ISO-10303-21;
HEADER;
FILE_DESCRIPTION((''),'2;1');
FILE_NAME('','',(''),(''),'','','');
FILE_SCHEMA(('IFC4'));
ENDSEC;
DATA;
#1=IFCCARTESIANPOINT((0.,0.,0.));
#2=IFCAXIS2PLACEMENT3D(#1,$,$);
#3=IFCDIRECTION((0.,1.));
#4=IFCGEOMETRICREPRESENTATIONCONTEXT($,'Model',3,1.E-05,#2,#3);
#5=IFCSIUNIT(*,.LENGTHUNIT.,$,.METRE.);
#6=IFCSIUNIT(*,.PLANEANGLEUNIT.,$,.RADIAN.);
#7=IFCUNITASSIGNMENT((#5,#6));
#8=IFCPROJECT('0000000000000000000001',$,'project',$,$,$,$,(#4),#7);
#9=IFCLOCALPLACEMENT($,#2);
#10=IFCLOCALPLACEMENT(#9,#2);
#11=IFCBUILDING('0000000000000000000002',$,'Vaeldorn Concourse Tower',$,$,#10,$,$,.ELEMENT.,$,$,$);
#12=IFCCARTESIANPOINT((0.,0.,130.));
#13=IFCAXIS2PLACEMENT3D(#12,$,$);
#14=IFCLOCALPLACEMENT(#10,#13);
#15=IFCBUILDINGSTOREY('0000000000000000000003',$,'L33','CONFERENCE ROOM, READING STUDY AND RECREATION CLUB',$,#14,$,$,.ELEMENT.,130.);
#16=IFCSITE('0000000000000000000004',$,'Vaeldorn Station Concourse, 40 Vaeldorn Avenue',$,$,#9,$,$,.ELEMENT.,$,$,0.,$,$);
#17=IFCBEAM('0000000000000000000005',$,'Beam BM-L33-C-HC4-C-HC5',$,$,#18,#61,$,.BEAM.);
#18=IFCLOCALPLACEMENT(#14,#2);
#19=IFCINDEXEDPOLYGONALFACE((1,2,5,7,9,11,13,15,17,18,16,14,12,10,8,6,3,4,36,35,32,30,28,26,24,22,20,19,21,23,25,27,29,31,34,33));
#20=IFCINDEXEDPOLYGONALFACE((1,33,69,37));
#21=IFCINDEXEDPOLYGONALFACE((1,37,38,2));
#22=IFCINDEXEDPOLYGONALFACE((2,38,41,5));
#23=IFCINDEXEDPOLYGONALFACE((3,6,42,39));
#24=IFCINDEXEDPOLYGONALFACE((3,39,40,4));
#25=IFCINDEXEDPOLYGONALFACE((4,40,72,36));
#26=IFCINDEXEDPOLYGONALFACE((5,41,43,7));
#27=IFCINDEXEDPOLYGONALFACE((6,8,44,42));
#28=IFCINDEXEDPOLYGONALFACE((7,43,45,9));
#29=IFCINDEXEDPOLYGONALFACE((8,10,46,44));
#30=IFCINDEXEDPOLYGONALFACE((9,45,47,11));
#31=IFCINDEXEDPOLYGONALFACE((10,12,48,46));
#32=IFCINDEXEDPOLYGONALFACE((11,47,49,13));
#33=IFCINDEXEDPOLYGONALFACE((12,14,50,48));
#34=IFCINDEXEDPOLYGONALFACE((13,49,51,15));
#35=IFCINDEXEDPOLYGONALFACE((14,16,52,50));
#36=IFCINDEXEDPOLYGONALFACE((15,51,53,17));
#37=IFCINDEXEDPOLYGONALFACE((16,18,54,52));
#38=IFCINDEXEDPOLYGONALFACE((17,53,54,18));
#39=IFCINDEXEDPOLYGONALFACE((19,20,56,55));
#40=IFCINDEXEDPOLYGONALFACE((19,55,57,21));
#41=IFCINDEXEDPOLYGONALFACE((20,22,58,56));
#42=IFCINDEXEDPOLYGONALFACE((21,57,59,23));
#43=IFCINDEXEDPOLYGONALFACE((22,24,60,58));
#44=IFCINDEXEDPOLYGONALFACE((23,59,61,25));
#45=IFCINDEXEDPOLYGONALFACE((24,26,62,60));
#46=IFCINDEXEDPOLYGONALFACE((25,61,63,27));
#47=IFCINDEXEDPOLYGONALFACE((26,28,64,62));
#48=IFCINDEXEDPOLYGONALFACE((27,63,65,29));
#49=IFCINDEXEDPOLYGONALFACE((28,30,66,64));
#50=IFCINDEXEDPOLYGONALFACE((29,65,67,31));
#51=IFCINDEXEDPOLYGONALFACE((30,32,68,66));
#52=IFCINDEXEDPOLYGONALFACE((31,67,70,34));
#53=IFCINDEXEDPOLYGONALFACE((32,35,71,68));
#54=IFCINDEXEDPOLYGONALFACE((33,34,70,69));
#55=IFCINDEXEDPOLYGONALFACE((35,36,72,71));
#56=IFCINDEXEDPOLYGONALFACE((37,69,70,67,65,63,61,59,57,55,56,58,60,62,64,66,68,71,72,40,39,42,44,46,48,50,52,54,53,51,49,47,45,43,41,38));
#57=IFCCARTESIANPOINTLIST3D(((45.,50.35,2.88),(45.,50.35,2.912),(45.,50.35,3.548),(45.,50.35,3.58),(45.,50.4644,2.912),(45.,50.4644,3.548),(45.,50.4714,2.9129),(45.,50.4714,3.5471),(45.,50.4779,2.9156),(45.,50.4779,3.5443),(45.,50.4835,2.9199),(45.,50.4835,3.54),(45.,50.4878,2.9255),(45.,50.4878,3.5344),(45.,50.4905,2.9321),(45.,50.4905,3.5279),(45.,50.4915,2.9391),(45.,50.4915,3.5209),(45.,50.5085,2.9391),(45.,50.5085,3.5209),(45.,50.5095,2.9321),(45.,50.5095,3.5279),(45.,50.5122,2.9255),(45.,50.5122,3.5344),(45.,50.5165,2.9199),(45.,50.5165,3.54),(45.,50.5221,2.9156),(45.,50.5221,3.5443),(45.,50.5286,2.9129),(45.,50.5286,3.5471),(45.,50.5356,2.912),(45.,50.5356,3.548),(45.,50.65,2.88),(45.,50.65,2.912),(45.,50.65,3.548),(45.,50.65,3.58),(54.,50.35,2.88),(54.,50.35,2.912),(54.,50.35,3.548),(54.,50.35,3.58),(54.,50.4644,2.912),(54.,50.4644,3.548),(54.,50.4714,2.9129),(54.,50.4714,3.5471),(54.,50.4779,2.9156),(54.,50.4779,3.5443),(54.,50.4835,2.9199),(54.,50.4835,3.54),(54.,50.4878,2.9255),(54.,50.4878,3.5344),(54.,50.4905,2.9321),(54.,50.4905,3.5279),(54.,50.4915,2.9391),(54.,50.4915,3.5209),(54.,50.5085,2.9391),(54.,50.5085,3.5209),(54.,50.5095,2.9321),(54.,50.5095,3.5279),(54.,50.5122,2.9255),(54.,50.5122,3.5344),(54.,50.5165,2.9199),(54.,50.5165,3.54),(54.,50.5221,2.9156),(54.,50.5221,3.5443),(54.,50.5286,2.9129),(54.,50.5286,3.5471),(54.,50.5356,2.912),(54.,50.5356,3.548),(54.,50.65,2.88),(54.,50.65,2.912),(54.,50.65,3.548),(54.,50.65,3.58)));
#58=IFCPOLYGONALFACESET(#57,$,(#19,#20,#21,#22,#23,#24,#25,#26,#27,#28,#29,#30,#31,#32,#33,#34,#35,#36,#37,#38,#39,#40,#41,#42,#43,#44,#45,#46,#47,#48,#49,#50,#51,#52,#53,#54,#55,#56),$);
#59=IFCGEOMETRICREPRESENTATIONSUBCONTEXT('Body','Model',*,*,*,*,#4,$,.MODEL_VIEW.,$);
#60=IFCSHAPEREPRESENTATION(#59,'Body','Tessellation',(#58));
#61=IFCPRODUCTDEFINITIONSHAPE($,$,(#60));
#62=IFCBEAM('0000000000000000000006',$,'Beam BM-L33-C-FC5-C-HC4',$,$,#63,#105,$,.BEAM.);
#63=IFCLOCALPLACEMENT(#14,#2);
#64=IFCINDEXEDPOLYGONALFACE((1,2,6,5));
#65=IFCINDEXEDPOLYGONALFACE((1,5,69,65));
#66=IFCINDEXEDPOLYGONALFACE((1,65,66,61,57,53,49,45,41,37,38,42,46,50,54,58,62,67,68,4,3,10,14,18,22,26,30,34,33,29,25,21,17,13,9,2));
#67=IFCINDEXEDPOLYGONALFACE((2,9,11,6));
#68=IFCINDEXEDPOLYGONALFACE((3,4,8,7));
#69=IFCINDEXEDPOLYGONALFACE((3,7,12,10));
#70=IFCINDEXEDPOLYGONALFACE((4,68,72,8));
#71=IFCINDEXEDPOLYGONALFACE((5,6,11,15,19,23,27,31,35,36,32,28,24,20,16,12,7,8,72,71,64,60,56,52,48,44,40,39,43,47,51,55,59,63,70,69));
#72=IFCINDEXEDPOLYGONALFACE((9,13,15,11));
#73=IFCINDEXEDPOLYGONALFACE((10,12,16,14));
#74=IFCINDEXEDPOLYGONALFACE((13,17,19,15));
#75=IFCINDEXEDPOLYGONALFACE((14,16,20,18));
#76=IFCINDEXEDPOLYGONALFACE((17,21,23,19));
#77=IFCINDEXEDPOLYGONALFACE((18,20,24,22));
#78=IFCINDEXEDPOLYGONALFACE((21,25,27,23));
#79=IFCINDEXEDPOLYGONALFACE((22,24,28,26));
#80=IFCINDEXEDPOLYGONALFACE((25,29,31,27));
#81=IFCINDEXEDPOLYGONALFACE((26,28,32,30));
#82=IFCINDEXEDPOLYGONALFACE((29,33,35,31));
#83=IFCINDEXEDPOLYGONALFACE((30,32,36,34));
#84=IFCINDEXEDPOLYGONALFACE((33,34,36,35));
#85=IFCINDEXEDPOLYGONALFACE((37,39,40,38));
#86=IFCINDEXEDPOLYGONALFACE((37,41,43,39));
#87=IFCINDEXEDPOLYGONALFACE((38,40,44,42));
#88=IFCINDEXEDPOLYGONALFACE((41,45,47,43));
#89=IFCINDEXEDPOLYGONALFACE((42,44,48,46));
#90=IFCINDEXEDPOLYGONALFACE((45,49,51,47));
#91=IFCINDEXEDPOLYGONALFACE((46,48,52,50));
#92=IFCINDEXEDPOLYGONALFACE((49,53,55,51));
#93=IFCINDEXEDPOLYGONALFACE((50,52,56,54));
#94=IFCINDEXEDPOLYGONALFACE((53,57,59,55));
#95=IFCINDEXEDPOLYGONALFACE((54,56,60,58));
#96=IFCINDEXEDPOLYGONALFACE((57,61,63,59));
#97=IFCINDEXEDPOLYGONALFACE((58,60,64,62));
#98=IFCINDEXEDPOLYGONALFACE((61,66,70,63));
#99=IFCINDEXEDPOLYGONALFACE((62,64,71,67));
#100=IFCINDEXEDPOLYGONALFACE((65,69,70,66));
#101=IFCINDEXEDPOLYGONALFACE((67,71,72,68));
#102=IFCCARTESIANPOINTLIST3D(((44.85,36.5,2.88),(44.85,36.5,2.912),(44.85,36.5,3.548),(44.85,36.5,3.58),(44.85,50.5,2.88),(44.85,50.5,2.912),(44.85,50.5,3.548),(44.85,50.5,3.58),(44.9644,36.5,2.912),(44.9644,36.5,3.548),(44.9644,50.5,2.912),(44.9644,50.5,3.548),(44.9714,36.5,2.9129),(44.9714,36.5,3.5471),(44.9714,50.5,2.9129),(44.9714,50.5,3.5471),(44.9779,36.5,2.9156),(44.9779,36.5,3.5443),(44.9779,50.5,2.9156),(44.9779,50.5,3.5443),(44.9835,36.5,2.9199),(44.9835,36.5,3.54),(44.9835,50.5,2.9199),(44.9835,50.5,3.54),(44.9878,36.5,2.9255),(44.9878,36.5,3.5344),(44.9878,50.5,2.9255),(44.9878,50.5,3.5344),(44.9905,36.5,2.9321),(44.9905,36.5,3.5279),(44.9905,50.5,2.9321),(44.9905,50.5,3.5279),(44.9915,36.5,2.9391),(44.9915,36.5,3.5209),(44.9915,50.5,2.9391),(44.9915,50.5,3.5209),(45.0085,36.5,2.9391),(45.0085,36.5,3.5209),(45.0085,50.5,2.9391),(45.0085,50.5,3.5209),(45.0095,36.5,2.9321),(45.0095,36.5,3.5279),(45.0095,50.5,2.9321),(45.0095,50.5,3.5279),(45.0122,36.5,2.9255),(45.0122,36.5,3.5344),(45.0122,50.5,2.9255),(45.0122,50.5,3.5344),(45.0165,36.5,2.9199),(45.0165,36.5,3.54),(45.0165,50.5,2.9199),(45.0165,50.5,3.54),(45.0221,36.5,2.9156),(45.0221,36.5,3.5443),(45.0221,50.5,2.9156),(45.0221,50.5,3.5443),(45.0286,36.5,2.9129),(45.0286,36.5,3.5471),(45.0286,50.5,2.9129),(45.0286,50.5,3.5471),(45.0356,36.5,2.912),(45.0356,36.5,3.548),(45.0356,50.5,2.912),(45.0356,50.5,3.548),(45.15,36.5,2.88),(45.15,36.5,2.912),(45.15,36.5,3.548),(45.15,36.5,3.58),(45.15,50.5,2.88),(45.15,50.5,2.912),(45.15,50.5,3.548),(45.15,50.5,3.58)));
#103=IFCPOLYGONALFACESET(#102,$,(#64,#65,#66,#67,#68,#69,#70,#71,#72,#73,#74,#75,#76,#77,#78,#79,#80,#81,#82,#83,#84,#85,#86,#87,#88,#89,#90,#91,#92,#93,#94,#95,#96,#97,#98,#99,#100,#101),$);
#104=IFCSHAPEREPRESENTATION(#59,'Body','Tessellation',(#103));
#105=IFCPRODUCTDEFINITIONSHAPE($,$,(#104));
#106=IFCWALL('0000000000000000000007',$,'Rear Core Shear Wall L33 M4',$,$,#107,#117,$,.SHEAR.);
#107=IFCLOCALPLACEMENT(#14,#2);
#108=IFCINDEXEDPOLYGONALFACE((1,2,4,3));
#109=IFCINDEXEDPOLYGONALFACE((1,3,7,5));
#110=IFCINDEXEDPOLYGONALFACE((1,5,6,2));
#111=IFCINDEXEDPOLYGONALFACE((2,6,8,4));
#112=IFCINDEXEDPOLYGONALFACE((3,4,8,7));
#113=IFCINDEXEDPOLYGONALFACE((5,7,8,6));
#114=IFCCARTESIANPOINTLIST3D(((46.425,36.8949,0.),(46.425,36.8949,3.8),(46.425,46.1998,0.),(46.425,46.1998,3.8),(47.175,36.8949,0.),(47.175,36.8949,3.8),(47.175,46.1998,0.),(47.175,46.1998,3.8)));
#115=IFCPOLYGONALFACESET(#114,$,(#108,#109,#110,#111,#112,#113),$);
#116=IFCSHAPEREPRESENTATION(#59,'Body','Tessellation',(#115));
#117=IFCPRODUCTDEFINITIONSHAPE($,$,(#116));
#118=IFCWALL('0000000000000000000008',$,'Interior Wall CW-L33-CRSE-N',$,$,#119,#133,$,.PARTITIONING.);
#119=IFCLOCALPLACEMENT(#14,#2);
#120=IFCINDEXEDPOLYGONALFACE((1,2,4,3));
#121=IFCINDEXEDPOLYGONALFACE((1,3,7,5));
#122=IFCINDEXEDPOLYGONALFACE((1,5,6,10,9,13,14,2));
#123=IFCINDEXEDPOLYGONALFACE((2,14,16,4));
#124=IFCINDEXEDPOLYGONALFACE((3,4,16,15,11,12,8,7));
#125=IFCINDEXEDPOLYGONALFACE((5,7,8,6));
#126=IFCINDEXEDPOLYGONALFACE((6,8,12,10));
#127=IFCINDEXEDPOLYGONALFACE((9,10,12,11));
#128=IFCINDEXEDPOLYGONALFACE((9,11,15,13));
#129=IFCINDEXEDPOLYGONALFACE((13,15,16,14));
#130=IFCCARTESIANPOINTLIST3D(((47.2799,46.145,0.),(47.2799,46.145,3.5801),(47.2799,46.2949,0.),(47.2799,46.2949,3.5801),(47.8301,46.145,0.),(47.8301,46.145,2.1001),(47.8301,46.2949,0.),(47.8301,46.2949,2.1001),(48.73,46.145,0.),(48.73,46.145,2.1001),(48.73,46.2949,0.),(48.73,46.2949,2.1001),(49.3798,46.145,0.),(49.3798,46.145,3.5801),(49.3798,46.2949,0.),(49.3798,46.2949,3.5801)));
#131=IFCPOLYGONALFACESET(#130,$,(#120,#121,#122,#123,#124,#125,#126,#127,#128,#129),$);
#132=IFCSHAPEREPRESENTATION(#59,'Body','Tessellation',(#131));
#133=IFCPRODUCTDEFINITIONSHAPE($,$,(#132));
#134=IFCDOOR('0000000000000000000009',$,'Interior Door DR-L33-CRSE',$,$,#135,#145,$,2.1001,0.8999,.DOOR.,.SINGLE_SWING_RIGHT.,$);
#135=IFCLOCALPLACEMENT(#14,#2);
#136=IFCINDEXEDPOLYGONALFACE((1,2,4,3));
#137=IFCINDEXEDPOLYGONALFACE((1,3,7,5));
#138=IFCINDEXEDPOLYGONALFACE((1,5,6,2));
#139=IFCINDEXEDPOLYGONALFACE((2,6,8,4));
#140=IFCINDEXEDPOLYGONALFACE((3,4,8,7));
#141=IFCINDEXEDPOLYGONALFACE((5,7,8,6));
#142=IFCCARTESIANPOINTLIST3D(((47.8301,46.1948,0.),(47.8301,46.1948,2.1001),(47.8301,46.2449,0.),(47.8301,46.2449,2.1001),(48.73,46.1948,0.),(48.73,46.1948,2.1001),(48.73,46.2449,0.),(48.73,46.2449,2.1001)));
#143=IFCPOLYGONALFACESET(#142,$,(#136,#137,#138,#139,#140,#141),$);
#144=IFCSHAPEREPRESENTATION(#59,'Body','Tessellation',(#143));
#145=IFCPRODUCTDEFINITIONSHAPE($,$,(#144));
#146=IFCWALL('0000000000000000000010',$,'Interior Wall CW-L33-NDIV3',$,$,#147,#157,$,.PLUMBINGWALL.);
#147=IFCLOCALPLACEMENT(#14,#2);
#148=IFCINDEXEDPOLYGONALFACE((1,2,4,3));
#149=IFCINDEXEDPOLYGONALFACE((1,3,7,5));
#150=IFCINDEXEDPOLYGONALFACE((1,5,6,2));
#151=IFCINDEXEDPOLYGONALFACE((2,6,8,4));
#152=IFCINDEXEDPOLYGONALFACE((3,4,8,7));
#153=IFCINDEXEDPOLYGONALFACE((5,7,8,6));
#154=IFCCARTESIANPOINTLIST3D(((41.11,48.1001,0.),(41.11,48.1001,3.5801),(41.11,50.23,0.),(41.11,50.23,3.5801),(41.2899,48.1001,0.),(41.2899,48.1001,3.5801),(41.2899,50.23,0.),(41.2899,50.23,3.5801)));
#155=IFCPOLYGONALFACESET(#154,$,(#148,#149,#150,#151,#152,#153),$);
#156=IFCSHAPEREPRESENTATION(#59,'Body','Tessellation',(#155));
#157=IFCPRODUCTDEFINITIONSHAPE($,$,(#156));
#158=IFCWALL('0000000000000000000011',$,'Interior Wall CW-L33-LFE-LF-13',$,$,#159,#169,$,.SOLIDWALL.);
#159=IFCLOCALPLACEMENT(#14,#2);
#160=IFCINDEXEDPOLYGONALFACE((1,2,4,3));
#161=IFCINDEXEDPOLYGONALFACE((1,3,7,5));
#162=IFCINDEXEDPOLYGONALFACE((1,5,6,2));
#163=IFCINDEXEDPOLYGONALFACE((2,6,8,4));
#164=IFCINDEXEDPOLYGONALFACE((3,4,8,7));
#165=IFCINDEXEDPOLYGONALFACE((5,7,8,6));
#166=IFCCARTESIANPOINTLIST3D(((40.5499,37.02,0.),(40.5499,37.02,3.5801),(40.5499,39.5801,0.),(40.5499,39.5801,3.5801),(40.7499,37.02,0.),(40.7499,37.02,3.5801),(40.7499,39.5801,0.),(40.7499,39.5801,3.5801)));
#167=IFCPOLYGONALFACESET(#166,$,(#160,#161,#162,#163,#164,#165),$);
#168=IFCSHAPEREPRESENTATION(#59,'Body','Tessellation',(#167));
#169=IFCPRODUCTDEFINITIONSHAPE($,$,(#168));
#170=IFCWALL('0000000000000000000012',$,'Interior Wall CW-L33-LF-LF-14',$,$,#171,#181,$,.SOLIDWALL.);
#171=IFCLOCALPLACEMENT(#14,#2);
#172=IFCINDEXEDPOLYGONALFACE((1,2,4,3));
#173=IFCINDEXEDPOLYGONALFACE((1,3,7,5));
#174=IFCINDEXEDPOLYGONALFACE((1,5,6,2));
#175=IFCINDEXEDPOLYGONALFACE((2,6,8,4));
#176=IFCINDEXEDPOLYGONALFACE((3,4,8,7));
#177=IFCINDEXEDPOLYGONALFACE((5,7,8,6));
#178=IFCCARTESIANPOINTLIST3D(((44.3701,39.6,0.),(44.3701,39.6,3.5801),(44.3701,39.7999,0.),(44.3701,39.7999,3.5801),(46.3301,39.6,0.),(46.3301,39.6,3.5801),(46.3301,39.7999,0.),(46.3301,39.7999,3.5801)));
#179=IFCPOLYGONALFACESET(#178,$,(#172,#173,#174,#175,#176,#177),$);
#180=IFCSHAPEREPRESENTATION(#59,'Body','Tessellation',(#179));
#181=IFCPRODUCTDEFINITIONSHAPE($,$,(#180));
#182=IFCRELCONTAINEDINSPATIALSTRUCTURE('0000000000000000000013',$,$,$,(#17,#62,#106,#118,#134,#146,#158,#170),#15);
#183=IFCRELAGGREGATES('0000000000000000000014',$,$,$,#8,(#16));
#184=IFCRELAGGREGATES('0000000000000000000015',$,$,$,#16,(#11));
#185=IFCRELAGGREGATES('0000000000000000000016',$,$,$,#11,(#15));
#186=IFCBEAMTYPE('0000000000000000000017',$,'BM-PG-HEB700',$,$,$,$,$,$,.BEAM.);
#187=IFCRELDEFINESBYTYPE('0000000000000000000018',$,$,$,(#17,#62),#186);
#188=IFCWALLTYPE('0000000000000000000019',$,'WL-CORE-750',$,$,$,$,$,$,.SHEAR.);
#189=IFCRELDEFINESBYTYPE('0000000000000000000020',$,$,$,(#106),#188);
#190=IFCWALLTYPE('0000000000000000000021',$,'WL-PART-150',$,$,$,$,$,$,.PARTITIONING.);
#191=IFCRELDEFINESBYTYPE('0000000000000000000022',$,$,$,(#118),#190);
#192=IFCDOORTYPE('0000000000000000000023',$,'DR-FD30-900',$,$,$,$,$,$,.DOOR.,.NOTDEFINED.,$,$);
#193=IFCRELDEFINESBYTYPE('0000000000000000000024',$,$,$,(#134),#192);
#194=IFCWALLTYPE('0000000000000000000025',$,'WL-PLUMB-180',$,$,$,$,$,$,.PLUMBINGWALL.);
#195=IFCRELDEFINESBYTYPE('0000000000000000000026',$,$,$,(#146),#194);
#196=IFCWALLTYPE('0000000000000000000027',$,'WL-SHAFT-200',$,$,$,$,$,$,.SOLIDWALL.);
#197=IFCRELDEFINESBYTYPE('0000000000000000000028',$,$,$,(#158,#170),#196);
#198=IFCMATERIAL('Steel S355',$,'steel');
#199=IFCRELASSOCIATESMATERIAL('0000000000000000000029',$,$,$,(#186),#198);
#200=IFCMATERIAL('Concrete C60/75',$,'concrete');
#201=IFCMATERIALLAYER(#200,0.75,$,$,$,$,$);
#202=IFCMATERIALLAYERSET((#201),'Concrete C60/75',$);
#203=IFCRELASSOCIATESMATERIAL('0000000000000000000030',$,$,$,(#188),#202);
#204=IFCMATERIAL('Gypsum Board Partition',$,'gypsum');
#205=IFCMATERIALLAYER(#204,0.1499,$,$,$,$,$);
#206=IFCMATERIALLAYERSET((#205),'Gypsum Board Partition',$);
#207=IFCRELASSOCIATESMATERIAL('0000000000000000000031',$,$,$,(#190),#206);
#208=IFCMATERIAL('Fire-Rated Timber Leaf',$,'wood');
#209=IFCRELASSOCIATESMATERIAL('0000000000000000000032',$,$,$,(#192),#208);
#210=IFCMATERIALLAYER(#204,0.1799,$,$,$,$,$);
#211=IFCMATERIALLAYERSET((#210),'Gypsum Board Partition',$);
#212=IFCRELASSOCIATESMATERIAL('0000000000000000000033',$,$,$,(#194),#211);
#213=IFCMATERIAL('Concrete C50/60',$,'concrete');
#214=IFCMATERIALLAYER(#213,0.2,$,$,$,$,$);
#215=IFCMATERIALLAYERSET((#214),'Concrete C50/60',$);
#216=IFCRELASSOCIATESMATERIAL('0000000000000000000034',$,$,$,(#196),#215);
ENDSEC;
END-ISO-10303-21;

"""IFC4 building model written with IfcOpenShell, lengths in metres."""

from ifc_helpers import new_model, si_unit, direction, frame, frame_2d, origin, origin_2d, place, context, subcontext, project, spatial, rectangle, i_section, extrude, source, transform, mapped, material, layer, layer_set, material_profile, profile_set, type_object, element, fill, save


model = new_model("IFC4")

# Units and contexts
model_context = context("Model", 3, precision=1e-05, world=origin(), true_north=direction((0.0, 1.0)))
body_context = subcontext(model_context, "Body", "Model", "MODEL_VIEW")
ifc_project = project(units=[si_unit("LENGTHUNIT", "METRE"), si_unit("PLANEANGLEUNIT", "RADIAN")], contexts=[model_context])

# Site, building, storey
site_placement = place(None, origin())
site = spatial("IfcSite", under=ifc_project, at=site_placement, Name="Vaeldorn Station Concourse, 40 Vaeldorn Avenue", CompositionType="ELEMENT", RefElevation=0.0)
building_placement = place(site_placement, origin())
building = spatial("IfcBuilding", under=site, at=building_placement, Name="Vaeldorn Concourse Tower", CompositionType="ELEMENT")
storey_placement = place(building_placement, frame((0.0, 0.0, 130.0)))
storey = spatial("IfcBuildingStorey", under=building, at=storey_placement, Name="L33", Description="CONFERENCE ROOM, READING STUDY AND RECREATION CLUB", CompositionType="ELEMENT", Elevation=130.0)

# Beams
ifc_material_1 = material(Name="Concrete C60/75", Category="concrete")
ifc_material_2 = material(Name="Steel S355", Category="steel")
ifc_material_profile_1 = material_profile(ifc_material_2, i_section(OverallWidth=0.3, OverallDepth=0.7, WebThickness=0.0171, FlangeThickness=0.032, FilletRadius=0.0271, at=origin_2d()), Name="HEB 700")
ifc_profile_set_1 = profile_set([ifc_material_profile_1], Name="Steel S355")
beam_type_1 = type_object("IfcBeamType", Name="BM-PG-HEB700", PredefinedType="BEAM", material=ifc_profile_set_1)
shared_shape_1 = source(origin(), body_context, "Body", "SweptSolid", [
    extrude(i_section(OverallWidth=0.3, OverallDepth=0.7, WebThickness=0.0171, FlangeThickness=0.032, FilletRadius=0.0271, at=origin_2d()), origin(), (0.0, 0.0, 1.0), 9.0),
])
beam_1_placement = place(storey_placement, frame((45.0, 50.5, 3.23), z_axis=(1.0, 0.0, 0.0), x_axis=(0.0, 1.0, 0.0)))
element("IfcBeam", 1, at=beam_1_placement, inside=storey, type_object=beam_type_1, Name="Beam BM-L33-C-HC4-C-HC5", PredefinedType="BEAM", context=body_context, shape_type="MappedRepresentation", body=[
    mapped(shared_shape_1, transform((0.0, 0.0, 0.0), scale=1.0)),
])
shared_shape_2 = source(origin(), body_context, "Body", "SweptSolid", [
    extrude(i_section(OverallWidth=0.3, OverallDepth=0.7, WebThickness=0.0171, FlangeThickness=0.032, FilletRadius=0.0271, at=origin_2d()), origin(), (0.0, 0.0, 1.0), 14.0),
])
beam_2_placement = place(storey_placement, frame((45.0, 36.5, 3.23), z_axis=(0.0, 1.0, 0.0), x_axis=(-1.0, 0.0, 0.0)))
element("IfcBeam", 2, at=beam_2_placement, inside=storey, type_object=beam_type_1, Name="Beam BM-L33-C-FC5-C-HC4", PredefinedType="BEAM", context=body_context, shape_type="MappedRepresentation", body=[
    mapped(shared_shape_2, transform((0.0, 0.0, 0.0), scale=1.0)),
])

# Wall
ifc_layer_1 = layer(ifc_material_1, 0.75)
ifc_layer_set_1 = layer_set([ifc_layer_1], Name="Concrete C60/75")
wall_type_1 = type_object("IfcWallType", Name="WL-CORE-750", PredefinedType="SHEAR", material=ifc_layer_set_1)
wall_1_placement = place(storey_placement, frame((46.8, 36.895, 0.0), z_axis=(0.0, 0.0, 1.0), x_axis=(0.0, 1.0, 0.0)))
element("IfcWall", 3, at=wall_1_placement, inside=storey, type_object=wall_type_1, Name="Rear Core Shear Wall L33 M4", PredefinedType="SHEAR", context=body_context, shape_type="SweptSolid", body=[
    extrude(rectangle(XDim=9.3049, YDim=0.75, at=frame_2d((4.6523, 0.0))), origin(), (0.0, 0.0, 1.0), 3.8),
])

# Wall, opening, door
ifc_material_3 = material(Name="Gypsum Board Partition", Category="gypsum")
ifc_layer_2 = layer(ifc_material_3, 0.1499)
ifc_layer_set_2 = layer_set([ifc_layer_2], Name="Gypsum Board Partition")
wall_type_2 = type_object("IfcWallType", Name="WL-PART-150", PredefinedType="PARTITIONING", material=ifc_layer_set_2)
wall_2_placement = place(storey_placement, frame((47.28, 46.22, 0.0), z_axis=(0.0, 0.0, 1.0), x_axis=(1.0, 0.0, 0.0)))
wall_2 = element("IfcWall", 4, at=wall_2_placement, inside=storey, type_object=wall_type_2, Name="Interior Wall CW-L33-CRSE-N", PredefinedType="PARTITIONING", context=body_context, shape_type="SweptSolid", body=[
    extrude(rectangle(XDim=2.0999, YDim=0.1499, at=frame_2d((1.0498, 0.0))), origin(), (0.0, 0.0, 1.0), 3.5801),
])
opening_1_placement = place(wall_2_placement, frame((0.55, 0.0, 0.0)))
opening_1 = element("IfcOpeningElement", 5, at=opening_1_placement, cuts=wall_2, PredefinedType="OPENING", context=body_context, shape_type="SweptSolid", body=[
    extrude(rectangle(XDim=0.8999, YDim=2.1001, at=frame_2d((0.45, 1.05))), frame((0.0, 0.085, 0.0), z_axis=(0.0, -1.0, 0.0), x_axis=(1.0, 0.0, 0.0)), (0.0, 0.0, 1.0), 0.1699),
])
ifc_material_4 = material(Name="Fire-Rated Timber Leaf", Category="wood")
door_type_1 = type_object("IfcDoorType", Name="DR-FD30-900", OperationType="NOTDEFINED", PredefinedType="DOOR", material=ifc_material_4)
shared_shape_3 = source(origin(), body_context, "Body", "SweptSolid", [
    extrude(rectangle(XDim=0.8999, YDim=2.1001, at=frame_2d((0.45, 1.05))), frame((0.0, 0.0249, 0.0), z_axis=(0.0, -1.0, 0.0), x_axis=(1.0, 0.0, 0.0)), (0.0, 0.0, 1.0), 0.05),
])
door_1_placement = place(opening_1_placement, origin())
door_1 = element("IfcDoor", 6, at=door_1_placement, inside=storey, type_object=door_type_1, Name="Interior Door DR-L33-CRSE", OperationType="SINGLE_SWING_RIGHT", OverallHeight=2.1001, OverallWidth=0.8999, PredefinedType="DOOR", context=body_context, shape_type="MappedRepresentation", body=[
    mapped(shared_shape_3, transform((0.0, 0.0, 0.0), scale=1.0)),
])
fill(opening_1, door_1)

# Wall
ifc_layer_3 = layer(ifc_material_3, 0.1799)
ifc_layer_set_3 = layer_set([ifc_layer_3], Name="Gypsum Board Partition")
wall_type_3 = type_object("IfcWallType", Name="WL-PLUMB-180", PredefinedType="PLUMBINGWALL", material=ifc_layer_set_3)
wall_3_placement = place(storey_placement, frame((41.2, 48.1001, 0.0), z_axis=(0.0, 0.0, 1.0), x_axis=(0.0, 1.0, 0.0)))
element("IfcWall", 7, at=wall_3_placement, inside=storey, type_object=wall_type_3, Name="Interior Wall CW-L33-NDIV3", PredefinedType="PLUMBINGWALL", context=body_context, shape_type="SweptSolid", body=[
    extrude(rectangle(XDim=2.1299, YDim=0.1799, at=frame_2d((1.0649, 0.0))), origin(), (0.0, 0.0, 1.0), 3.5801),
])

# Shared definitions
ifc_material_5 = material(Name="Concrete C50/60", Category="concrete")
ifc_layer_4 = layer(ifc_material_5, 0.2)
ifc_layer_set_4 = layer_set([ifc_layer_4], Name="Concrete C50/60")
wall_type_4 = type_object("IfcWallType", Name="WL-SHAFT-200", PredefinedType="SOLIDWALL", material=ifc_layer_set_4)

# Walls
wall_4_placement = place(storey_placement, frame((40.6499, 37.02, 0.0), z_axis=(0.0, 0.0, 1.0), x_axis=(0.0, 1.0, 0.0)))
element("IfcWall", 8, at=wall_4_placement, inside=storey, type_object=wall_type_4, Name="Interior Wall CW-L33-LFE-LF-13", PredefinedType="SOLIDWALL", context=body_context, shape_type="SweptSolid", body=[
    extrude(rectangle(XDim=2.5601, YDim=0.2, at=frame_2d((1.28, 0.0))), origin(), (0.0, 0.0, 1.0), 3.5801),
])
wall_5_placement = place(storey_placement, frame((44.3701, 39.7, 0.0), z_axis=(0.0, 0.0, 1.0), x_axis=(1.0, 0.0, 0.0)))
element("IfcWall", 9, at=wall_5_placement, inside=storey, type_object=wall_type_4, Name="Interior Wall CW-L33-LF-LF-14", PredefinedType="SOLIDWALL", context=body_context, shape_type="SweptSolid", body=[
    extrude(rectangle(XDim=1.96, YDim=0.2, at=frame_2d((0.98, 0.0))), origin(), (0.0, 0.0, 1.0), 3.5801),
])

save(model, "model.ifc")
